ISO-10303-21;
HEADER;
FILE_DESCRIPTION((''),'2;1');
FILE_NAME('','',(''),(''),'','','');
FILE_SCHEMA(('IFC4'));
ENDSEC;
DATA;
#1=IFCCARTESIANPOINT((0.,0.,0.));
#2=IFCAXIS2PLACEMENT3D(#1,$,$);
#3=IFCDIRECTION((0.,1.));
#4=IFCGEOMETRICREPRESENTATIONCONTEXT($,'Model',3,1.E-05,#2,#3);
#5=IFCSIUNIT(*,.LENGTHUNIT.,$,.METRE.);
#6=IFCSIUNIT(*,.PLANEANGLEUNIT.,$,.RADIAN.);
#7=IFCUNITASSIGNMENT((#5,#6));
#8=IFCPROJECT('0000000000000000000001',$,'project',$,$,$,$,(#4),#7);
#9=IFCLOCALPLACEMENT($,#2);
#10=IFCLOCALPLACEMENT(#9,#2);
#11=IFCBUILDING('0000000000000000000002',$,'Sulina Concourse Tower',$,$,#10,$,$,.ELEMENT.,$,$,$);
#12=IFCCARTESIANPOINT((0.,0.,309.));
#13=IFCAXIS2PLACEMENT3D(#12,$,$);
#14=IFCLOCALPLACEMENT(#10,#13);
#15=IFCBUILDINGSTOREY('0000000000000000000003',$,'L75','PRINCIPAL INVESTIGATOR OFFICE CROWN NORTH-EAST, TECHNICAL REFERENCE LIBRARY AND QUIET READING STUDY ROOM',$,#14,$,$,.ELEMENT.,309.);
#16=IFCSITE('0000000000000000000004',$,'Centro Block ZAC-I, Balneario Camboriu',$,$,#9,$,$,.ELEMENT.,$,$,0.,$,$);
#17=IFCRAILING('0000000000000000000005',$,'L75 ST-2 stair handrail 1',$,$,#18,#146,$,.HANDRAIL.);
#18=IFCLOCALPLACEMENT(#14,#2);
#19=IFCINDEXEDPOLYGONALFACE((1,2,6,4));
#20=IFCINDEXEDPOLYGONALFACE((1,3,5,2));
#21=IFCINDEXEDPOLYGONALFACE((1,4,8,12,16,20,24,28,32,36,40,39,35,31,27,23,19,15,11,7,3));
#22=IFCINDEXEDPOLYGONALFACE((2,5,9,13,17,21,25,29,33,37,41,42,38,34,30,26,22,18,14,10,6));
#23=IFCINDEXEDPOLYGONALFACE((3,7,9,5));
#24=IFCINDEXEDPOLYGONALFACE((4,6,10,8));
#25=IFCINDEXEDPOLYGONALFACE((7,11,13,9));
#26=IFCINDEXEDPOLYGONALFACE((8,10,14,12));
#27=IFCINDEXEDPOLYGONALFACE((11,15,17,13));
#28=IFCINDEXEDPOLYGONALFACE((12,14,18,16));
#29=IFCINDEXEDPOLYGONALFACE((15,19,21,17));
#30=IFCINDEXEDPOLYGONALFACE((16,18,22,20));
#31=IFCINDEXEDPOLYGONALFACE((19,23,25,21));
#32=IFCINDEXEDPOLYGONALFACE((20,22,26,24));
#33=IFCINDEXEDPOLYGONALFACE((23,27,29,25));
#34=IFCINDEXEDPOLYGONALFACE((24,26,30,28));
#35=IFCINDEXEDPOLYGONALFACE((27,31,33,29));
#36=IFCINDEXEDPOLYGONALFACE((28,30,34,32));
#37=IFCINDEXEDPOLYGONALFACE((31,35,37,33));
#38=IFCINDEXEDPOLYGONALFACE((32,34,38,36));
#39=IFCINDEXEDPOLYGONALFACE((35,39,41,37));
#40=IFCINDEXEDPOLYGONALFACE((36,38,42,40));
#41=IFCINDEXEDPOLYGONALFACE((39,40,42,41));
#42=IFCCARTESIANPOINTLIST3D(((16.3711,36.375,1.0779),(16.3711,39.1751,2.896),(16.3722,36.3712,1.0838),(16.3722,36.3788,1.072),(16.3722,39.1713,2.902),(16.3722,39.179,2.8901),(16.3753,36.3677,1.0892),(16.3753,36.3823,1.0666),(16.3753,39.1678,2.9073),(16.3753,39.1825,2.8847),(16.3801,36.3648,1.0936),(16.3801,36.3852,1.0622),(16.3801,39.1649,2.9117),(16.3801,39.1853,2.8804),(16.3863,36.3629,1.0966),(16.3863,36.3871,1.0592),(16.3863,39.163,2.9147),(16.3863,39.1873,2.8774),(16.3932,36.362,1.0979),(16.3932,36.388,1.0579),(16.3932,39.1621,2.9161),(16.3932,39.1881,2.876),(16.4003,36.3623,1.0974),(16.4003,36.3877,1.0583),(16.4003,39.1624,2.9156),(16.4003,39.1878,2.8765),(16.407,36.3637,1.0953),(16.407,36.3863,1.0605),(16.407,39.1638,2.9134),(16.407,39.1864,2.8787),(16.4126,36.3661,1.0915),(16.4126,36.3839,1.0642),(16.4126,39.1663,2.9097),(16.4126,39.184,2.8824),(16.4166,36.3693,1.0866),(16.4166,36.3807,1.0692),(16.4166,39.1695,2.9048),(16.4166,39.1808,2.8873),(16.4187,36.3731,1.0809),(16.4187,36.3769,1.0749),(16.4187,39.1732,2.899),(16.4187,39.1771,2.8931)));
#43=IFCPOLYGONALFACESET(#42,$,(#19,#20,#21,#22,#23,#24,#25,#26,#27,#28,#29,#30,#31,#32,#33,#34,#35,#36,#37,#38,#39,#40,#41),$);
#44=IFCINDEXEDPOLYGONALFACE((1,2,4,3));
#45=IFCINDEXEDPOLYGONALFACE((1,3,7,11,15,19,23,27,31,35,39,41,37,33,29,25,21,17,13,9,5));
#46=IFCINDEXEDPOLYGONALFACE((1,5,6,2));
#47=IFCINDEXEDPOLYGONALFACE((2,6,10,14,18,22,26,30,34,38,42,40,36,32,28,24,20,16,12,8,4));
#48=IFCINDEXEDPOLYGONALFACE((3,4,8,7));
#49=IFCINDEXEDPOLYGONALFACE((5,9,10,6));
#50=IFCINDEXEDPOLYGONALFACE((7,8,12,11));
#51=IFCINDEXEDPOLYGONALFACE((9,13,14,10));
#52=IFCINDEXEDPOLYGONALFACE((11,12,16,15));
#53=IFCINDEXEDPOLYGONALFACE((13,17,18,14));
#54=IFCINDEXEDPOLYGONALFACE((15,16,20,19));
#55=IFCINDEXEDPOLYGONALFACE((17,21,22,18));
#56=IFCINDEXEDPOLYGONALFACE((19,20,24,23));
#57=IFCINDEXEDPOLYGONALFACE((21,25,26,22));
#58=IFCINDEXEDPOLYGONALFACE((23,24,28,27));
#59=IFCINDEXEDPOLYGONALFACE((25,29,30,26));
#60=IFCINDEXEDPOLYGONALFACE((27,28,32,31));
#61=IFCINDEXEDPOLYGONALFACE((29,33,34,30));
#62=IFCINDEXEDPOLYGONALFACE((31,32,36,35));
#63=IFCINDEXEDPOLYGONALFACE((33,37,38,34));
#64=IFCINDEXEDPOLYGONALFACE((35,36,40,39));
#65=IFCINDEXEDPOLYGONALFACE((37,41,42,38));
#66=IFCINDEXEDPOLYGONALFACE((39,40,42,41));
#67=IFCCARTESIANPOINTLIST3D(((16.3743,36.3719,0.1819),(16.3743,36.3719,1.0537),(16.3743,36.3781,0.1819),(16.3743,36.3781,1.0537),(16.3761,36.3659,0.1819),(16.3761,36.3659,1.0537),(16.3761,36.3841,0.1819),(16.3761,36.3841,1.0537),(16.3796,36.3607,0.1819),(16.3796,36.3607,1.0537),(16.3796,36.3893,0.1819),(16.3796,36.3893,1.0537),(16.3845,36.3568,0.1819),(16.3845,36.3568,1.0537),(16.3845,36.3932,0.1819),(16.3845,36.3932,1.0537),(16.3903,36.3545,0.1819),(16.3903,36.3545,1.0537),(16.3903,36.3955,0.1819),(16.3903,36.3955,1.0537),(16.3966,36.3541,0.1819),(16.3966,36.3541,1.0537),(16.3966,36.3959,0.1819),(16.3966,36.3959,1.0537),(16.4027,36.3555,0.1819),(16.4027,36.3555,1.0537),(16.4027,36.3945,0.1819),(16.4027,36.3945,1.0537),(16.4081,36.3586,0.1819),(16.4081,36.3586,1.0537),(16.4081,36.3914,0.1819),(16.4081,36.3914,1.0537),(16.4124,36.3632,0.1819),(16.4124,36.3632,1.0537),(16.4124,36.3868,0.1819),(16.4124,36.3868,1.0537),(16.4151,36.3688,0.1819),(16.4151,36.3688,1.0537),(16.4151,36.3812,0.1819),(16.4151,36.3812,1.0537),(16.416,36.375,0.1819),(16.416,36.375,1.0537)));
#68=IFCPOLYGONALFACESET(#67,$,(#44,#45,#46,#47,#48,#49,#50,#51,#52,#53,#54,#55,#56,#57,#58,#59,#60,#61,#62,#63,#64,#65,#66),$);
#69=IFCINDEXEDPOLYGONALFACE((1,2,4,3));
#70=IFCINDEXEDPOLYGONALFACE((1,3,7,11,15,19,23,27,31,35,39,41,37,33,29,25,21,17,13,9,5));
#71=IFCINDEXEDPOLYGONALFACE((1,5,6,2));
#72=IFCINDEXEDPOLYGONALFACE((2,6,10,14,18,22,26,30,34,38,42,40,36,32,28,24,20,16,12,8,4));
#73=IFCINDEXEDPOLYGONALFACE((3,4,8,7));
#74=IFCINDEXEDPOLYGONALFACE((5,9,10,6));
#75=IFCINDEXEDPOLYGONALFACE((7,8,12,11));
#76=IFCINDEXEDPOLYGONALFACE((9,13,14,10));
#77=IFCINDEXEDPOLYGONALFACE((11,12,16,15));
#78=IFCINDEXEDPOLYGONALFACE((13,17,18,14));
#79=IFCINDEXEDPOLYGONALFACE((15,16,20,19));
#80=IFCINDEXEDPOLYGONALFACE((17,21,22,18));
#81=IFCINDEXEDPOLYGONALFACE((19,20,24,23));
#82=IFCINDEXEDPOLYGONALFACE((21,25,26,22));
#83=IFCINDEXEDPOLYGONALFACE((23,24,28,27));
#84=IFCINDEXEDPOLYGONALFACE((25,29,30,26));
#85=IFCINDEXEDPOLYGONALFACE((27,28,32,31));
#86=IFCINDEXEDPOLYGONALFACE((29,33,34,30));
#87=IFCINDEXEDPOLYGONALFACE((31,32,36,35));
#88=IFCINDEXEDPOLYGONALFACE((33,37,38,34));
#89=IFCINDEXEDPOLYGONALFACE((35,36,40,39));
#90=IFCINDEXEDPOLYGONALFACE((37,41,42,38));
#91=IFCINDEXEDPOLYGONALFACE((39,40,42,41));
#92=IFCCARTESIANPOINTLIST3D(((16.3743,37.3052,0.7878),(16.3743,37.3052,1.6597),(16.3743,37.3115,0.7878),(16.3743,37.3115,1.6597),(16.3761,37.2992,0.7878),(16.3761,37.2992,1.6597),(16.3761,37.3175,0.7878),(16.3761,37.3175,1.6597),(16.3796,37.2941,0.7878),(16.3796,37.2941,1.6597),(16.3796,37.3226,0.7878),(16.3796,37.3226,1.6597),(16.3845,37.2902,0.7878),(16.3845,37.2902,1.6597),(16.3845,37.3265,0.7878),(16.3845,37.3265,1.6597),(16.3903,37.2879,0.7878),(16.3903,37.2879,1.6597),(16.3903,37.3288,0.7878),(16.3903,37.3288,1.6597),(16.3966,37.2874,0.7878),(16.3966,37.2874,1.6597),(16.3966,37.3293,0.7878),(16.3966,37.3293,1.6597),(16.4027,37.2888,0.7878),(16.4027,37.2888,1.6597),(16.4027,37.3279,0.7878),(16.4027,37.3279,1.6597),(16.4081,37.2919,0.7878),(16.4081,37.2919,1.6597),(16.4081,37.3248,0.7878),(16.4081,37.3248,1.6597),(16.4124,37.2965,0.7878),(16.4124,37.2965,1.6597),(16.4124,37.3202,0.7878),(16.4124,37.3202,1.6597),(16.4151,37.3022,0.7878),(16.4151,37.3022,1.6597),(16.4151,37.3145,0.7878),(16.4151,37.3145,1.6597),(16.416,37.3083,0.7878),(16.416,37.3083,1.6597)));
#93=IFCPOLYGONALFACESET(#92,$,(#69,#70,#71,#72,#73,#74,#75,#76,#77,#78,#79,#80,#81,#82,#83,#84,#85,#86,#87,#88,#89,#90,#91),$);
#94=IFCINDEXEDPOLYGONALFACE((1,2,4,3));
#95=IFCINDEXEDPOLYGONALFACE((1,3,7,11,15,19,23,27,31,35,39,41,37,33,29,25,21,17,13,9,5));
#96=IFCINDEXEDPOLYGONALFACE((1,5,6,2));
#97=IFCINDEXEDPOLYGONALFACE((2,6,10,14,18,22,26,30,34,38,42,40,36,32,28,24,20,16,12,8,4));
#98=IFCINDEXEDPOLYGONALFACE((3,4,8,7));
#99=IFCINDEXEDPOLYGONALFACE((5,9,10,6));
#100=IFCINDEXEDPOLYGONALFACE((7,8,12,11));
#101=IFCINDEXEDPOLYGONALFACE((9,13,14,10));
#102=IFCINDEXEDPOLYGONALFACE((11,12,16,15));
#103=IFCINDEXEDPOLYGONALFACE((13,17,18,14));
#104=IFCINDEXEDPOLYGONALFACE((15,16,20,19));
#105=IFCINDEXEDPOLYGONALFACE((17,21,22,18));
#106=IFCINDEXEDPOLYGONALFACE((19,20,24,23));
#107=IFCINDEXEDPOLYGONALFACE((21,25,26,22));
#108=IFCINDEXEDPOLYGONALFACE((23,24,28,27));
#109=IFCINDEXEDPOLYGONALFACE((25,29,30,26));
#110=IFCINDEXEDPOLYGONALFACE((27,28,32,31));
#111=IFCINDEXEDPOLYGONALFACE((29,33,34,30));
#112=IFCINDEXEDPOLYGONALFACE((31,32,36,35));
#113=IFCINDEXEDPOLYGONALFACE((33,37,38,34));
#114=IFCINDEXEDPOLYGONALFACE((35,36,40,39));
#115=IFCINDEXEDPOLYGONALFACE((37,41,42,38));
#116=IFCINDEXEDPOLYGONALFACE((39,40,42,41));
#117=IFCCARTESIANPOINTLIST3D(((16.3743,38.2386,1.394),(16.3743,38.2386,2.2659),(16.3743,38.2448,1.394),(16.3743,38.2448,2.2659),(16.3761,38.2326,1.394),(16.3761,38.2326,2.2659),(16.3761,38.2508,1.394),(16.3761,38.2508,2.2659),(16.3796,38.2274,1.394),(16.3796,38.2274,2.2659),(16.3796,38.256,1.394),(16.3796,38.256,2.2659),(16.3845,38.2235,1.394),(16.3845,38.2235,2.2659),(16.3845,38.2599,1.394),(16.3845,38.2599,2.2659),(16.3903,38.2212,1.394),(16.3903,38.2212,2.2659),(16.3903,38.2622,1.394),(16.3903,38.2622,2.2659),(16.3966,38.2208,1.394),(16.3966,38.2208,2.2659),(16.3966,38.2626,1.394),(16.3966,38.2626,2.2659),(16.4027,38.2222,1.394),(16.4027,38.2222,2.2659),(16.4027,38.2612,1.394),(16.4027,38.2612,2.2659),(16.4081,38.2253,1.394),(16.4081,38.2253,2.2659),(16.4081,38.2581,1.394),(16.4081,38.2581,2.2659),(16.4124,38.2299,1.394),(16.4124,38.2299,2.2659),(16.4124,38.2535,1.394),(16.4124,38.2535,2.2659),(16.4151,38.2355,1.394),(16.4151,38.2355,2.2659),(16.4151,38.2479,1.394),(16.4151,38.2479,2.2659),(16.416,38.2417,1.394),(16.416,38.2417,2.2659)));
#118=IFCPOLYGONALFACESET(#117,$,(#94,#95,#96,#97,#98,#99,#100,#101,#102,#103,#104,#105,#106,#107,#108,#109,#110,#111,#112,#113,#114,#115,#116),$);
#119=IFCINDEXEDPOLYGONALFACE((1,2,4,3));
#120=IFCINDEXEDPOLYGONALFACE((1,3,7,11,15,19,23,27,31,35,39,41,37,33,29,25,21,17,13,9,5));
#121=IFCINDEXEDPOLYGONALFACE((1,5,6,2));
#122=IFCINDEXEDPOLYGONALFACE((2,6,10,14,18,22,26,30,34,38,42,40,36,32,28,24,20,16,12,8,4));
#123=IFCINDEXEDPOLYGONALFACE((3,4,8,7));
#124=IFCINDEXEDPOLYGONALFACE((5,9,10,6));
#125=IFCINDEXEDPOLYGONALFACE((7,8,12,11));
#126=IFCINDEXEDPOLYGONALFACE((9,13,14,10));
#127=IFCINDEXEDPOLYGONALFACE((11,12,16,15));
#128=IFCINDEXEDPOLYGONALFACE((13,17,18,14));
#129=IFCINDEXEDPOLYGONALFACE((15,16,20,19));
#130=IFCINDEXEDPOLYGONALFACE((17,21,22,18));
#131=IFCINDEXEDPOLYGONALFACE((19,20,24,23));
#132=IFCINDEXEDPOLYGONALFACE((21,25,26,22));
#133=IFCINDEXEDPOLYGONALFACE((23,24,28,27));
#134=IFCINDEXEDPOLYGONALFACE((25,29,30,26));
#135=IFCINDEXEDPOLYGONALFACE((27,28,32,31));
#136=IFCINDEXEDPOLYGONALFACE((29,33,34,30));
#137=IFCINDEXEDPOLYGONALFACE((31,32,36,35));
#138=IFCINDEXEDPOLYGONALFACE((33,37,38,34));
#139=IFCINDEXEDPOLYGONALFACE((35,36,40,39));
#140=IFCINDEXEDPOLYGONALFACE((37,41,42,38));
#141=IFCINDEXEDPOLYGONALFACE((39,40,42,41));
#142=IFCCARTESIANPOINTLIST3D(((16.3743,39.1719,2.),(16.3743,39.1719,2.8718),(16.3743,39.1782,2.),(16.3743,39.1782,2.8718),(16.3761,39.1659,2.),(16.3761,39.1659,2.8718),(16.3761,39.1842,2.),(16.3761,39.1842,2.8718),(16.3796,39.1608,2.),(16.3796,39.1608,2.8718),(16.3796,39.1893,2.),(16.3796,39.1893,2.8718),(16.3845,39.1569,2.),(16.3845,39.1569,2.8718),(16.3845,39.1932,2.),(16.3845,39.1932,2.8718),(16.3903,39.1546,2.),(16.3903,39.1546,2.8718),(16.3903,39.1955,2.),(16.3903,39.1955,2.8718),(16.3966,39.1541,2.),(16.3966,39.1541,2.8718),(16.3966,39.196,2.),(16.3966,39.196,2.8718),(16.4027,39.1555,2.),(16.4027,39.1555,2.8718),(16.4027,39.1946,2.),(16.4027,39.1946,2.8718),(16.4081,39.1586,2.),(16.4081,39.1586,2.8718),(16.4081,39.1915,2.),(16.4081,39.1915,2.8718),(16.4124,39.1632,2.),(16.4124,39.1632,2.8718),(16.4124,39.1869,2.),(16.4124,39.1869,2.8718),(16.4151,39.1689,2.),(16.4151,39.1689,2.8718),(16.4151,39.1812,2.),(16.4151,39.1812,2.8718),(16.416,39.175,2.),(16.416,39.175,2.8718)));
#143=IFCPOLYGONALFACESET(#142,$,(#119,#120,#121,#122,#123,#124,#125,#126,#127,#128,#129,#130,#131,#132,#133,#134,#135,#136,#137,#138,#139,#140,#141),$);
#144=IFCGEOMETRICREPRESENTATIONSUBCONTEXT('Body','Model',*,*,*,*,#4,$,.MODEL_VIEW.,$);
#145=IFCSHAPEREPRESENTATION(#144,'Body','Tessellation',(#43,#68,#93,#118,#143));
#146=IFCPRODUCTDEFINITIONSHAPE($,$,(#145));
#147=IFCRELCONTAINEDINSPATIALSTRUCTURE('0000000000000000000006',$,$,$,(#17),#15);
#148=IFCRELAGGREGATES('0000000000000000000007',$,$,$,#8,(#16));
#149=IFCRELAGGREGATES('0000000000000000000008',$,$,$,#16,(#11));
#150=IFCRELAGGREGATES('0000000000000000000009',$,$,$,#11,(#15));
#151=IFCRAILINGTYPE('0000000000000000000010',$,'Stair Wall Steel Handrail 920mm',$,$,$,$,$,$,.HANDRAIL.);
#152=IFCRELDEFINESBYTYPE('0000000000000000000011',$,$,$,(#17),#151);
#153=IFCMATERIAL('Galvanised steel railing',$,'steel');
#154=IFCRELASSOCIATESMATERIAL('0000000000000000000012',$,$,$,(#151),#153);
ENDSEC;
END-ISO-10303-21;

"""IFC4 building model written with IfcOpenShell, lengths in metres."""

from ifc_helpers import new_model, si_unit, direction, frame, origin, origin_2d, place, context, subcontext, project, spatial, circle, extrude, material, type_object, element, save


model = new_model("IFC4")

# Units and contexts
model_context = context("Model", 3, precision=1e-05, world=origin(), true_north=direction((0.0, 1.0)))
body_context = subcontext(model_context, "Body", "Model", "MODEL_VIEW")
ifc_project = project(units=[si_unit("LENGTHUNIT", "METRE"), si_unit("PLANEANGLEUNIT", "RADIAN")], contexts=[model_context])

# Site, building, storey
site_placement = place(None, origin())
site = spatial("IfcSite", under=ifc_project, at=site_placement, Name="Centro Block ZAC-I, Balneario Camboriu", CompositionType="ELEMENT", RefElevation=0.0)
building_placement = place(site_placement, origin())
building = spatial("IfcBuilding", under=site, at=building_placement, Name="Sulina Concourse Tower", CompositionType="ELEMENT")
storey_placement = place(building_placement, frame((0.0, 0.0, 309.0)))
storey = spatial("IfcBuildingStorey", under=building, at=storey_placement, Name="L75", Description="PRINCIPAL INVESTIGATOR OFFICE CROWN NORTH-EAST, TECHNICAL REFERENCE LIBRARY AND QUIET READING STUDY ROOM", CompositionType="ELEMENT", Elevation=309.0)

# Railing
ifc_material_1 = material(Name="Galvanised steel railing", Category="steel")
railing_type_1 = type_object("IfcRailingType", Name="Stair Wall Steel Handrail 920mm", PredefinedType="HANDRAIL", material=ifc_material_1)
railing_1_placement = place(storey_placement, frame((16.395, 36.375, 0.1819)))
element("IfcRailing", 1, at=railing_1_placement, inside=storey, type_object=railing_type_1, Name="L75 ST-2 stair handrail 1", PredefinedType="HANDRAIL", context=body_context, shape_type="SweptSolid", body=[
    extrude(circle(Radius=0.0239, at=origin_2d()), frame((0.0, 0.0, 0.896), z_axis=(0.0, 0.838706, 0.544585), x_axis=(-1.0, 0.0, 0.0)), (0.0, 0.0, 1.0), 3.3386),
    extrude(circle(Radius=0.021, at=origin_2d()), origin(), (0.0, 0.0, 1.0), 0.8718),
    extrude(circle(Radius=0.021, at=origin_2d()), frame((0.0, 0.9333, 0.606)), (0.0, 0.0, 1.0), 0.8718),
    extrude(circle(Radius=0.021, at=origin_2d()), frame((0.0, 1.8667, 1.2122)), (0.0, 0.0, 1.0), 0.8718),
    extrude(circle(Radius=0.021, at=origin_2d()), frame((0.0, 2.8, 1.8181)), (0.0, 0.0, 1.0), 0.8718),
])

save(model, "model.ifc")
